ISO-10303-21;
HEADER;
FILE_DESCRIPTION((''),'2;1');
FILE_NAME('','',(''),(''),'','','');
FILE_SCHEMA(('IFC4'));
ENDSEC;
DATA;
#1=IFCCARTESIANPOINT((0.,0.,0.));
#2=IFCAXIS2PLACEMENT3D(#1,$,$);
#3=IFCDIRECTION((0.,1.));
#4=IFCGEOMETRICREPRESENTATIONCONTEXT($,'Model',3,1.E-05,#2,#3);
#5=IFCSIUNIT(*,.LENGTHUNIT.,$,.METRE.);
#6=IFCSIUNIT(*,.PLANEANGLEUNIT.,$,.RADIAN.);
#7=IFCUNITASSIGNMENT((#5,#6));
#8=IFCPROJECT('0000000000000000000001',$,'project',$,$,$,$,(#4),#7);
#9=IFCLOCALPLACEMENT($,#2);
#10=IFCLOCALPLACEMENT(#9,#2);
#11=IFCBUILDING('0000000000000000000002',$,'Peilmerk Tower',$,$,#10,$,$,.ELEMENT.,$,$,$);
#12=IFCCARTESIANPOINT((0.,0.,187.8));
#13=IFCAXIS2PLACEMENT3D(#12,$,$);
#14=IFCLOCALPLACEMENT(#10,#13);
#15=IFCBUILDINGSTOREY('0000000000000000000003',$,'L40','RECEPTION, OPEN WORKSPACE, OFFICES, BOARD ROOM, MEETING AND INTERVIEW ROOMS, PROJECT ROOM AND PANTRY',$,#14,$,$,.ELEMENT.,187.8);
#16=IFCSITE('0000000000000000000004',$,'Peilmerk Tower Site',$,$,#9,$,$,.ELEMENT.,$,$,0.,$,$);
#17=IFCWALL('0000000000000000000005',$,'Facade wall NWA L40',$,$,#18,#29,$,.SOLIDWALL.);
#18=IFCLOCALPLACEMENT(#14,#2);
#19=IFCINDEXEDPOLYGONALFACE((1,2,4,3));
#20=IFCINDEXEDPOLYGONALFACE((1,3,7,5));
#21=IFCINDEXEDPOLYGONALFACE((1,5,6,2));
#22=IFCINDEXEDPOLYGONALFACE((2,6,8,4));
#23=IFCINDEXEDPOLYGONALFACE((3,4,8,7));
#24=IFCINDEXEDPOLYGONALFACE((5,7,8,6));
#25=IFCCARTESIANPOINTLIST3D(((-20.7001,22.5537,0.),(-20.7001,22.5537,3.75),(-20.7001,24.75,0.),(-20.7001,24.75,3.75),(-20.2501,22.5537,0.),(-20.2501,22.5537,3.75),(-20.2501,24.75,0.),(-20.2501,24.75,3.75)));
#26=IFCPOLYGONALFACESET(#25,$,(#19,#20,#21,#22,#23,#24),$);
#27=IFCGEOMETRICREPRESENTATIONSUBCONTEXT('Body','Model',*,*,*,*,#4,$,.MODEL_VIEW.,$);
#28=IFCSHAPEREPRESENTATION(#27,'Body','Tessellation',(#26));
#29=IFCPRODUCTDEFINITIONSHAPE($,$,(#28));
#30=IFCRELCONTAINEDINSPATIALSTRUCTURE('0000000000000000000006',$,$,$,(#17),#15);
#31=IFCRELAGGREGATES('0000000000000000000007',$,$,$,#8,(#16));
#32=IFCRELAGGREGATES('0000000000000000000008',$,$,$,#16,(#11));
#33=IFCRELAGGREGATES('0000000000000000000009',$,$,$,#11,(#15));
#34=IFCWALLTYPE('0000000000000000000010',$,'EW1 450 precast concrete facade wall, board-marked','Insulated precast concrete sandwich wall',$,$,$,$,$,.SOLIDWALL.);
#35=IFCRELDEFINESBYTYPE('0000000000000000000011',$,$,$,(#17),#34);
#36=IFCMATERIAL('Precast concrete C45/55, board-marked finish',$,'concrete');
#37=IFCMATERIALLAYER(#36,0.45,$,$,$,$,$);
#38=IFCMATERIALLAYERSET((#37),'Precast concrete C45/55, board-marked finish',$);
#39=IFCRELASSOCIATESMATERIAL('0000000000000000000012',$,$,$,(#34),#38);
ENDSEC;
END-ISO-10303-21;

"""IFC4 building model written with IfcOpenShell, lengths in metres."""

from ifc_helpers import new_model, si_unit, direction, frame, frame_2d, origin, place, context, subcontext, project, spatial, rectangle, extrude, material, layer, layer_set, type_object, element, save


model = new_model("IFC4")

# Units and contexts
model_context = context("Model", 3, precision=1e-05, world=origin(), true_north=direction((0.0, 1.0)))
body_context = subcontext(model_context, "Body", "Model", "MODEL_VIEW")
ifc_project = project(units=[si_unit("LENGTHUNIT", "METRE"), si_unit("PLANEANGLEUNIT", "RADIAN")], contexts=[model_context])

# Site, building, storey
site_placement = place(None, origin())
site = spatial("IfcSite", under=ifc_project, at=site_placement, Name="Peilmerk Tower Site", CompositionType="ELEMENT", RefElevation=0.0)
building_placement = place(site_placement, origin())
building = spatial("IfcBuilding", under=site, at=building_placement, Name="Peilmerk Tower", CompositionType="ELEMENT")
storey_placement = place(building_placement, frame((0.0, 0.0, 187.8)))
storey = spatial("IfcBuildingStorey", under=building, at=storey_placement, Name="L40", Description="RECEPTION, OPEN WORKSPACE, OFFICES, BOARD ROOM, MEETING AND INTERVIEW ROOMS, PROJECT ROOM AND PANTRY", CompositionType="ELEMENT", Elevation=187.8)

# Shared definitions
ifc_material_1 = material(Name="Precast concrete C45/55, board-marked finish", Category="concrete")
ifc_layer_1 = layer(ifc_material_1, 0.45)
ifc_layer_set_1 = layer_set([ifc_layer_1], Name="Precast concrete C45/55, board-marked finish")
wall_type = type_object("IfcWallType", Name="EW1 450 precast concrete facade wall, board-marked", Description="Insulated precast concrete sandwich wall", PredefinedType="SOLIDWALL", material=ifc_layer_set_1)

# Wall
wall_1_placement = place(storey_placement, frame((-20.4751, 22.5537, 0.0), z_axis=(0.0, 0.0, 1.0), x_axis=(0.0, 1.0, 0.0)))
element("IfcWall", 1, at=wall_1_placement, inside=storey, type_object=wall_type, Name="Facade wall NWA L40", PredefinedType="SOLIDWALL", context=body_context, shape_type="SweptSolid", body=[
    extrude(rectangle(XDim=2.1963, YDim=0.45, at=frame_2d((1.0981, 0.0))), origin(), (0.0, 0.0, 1.0), 3.75),
])

save(model, "model.ifc")
